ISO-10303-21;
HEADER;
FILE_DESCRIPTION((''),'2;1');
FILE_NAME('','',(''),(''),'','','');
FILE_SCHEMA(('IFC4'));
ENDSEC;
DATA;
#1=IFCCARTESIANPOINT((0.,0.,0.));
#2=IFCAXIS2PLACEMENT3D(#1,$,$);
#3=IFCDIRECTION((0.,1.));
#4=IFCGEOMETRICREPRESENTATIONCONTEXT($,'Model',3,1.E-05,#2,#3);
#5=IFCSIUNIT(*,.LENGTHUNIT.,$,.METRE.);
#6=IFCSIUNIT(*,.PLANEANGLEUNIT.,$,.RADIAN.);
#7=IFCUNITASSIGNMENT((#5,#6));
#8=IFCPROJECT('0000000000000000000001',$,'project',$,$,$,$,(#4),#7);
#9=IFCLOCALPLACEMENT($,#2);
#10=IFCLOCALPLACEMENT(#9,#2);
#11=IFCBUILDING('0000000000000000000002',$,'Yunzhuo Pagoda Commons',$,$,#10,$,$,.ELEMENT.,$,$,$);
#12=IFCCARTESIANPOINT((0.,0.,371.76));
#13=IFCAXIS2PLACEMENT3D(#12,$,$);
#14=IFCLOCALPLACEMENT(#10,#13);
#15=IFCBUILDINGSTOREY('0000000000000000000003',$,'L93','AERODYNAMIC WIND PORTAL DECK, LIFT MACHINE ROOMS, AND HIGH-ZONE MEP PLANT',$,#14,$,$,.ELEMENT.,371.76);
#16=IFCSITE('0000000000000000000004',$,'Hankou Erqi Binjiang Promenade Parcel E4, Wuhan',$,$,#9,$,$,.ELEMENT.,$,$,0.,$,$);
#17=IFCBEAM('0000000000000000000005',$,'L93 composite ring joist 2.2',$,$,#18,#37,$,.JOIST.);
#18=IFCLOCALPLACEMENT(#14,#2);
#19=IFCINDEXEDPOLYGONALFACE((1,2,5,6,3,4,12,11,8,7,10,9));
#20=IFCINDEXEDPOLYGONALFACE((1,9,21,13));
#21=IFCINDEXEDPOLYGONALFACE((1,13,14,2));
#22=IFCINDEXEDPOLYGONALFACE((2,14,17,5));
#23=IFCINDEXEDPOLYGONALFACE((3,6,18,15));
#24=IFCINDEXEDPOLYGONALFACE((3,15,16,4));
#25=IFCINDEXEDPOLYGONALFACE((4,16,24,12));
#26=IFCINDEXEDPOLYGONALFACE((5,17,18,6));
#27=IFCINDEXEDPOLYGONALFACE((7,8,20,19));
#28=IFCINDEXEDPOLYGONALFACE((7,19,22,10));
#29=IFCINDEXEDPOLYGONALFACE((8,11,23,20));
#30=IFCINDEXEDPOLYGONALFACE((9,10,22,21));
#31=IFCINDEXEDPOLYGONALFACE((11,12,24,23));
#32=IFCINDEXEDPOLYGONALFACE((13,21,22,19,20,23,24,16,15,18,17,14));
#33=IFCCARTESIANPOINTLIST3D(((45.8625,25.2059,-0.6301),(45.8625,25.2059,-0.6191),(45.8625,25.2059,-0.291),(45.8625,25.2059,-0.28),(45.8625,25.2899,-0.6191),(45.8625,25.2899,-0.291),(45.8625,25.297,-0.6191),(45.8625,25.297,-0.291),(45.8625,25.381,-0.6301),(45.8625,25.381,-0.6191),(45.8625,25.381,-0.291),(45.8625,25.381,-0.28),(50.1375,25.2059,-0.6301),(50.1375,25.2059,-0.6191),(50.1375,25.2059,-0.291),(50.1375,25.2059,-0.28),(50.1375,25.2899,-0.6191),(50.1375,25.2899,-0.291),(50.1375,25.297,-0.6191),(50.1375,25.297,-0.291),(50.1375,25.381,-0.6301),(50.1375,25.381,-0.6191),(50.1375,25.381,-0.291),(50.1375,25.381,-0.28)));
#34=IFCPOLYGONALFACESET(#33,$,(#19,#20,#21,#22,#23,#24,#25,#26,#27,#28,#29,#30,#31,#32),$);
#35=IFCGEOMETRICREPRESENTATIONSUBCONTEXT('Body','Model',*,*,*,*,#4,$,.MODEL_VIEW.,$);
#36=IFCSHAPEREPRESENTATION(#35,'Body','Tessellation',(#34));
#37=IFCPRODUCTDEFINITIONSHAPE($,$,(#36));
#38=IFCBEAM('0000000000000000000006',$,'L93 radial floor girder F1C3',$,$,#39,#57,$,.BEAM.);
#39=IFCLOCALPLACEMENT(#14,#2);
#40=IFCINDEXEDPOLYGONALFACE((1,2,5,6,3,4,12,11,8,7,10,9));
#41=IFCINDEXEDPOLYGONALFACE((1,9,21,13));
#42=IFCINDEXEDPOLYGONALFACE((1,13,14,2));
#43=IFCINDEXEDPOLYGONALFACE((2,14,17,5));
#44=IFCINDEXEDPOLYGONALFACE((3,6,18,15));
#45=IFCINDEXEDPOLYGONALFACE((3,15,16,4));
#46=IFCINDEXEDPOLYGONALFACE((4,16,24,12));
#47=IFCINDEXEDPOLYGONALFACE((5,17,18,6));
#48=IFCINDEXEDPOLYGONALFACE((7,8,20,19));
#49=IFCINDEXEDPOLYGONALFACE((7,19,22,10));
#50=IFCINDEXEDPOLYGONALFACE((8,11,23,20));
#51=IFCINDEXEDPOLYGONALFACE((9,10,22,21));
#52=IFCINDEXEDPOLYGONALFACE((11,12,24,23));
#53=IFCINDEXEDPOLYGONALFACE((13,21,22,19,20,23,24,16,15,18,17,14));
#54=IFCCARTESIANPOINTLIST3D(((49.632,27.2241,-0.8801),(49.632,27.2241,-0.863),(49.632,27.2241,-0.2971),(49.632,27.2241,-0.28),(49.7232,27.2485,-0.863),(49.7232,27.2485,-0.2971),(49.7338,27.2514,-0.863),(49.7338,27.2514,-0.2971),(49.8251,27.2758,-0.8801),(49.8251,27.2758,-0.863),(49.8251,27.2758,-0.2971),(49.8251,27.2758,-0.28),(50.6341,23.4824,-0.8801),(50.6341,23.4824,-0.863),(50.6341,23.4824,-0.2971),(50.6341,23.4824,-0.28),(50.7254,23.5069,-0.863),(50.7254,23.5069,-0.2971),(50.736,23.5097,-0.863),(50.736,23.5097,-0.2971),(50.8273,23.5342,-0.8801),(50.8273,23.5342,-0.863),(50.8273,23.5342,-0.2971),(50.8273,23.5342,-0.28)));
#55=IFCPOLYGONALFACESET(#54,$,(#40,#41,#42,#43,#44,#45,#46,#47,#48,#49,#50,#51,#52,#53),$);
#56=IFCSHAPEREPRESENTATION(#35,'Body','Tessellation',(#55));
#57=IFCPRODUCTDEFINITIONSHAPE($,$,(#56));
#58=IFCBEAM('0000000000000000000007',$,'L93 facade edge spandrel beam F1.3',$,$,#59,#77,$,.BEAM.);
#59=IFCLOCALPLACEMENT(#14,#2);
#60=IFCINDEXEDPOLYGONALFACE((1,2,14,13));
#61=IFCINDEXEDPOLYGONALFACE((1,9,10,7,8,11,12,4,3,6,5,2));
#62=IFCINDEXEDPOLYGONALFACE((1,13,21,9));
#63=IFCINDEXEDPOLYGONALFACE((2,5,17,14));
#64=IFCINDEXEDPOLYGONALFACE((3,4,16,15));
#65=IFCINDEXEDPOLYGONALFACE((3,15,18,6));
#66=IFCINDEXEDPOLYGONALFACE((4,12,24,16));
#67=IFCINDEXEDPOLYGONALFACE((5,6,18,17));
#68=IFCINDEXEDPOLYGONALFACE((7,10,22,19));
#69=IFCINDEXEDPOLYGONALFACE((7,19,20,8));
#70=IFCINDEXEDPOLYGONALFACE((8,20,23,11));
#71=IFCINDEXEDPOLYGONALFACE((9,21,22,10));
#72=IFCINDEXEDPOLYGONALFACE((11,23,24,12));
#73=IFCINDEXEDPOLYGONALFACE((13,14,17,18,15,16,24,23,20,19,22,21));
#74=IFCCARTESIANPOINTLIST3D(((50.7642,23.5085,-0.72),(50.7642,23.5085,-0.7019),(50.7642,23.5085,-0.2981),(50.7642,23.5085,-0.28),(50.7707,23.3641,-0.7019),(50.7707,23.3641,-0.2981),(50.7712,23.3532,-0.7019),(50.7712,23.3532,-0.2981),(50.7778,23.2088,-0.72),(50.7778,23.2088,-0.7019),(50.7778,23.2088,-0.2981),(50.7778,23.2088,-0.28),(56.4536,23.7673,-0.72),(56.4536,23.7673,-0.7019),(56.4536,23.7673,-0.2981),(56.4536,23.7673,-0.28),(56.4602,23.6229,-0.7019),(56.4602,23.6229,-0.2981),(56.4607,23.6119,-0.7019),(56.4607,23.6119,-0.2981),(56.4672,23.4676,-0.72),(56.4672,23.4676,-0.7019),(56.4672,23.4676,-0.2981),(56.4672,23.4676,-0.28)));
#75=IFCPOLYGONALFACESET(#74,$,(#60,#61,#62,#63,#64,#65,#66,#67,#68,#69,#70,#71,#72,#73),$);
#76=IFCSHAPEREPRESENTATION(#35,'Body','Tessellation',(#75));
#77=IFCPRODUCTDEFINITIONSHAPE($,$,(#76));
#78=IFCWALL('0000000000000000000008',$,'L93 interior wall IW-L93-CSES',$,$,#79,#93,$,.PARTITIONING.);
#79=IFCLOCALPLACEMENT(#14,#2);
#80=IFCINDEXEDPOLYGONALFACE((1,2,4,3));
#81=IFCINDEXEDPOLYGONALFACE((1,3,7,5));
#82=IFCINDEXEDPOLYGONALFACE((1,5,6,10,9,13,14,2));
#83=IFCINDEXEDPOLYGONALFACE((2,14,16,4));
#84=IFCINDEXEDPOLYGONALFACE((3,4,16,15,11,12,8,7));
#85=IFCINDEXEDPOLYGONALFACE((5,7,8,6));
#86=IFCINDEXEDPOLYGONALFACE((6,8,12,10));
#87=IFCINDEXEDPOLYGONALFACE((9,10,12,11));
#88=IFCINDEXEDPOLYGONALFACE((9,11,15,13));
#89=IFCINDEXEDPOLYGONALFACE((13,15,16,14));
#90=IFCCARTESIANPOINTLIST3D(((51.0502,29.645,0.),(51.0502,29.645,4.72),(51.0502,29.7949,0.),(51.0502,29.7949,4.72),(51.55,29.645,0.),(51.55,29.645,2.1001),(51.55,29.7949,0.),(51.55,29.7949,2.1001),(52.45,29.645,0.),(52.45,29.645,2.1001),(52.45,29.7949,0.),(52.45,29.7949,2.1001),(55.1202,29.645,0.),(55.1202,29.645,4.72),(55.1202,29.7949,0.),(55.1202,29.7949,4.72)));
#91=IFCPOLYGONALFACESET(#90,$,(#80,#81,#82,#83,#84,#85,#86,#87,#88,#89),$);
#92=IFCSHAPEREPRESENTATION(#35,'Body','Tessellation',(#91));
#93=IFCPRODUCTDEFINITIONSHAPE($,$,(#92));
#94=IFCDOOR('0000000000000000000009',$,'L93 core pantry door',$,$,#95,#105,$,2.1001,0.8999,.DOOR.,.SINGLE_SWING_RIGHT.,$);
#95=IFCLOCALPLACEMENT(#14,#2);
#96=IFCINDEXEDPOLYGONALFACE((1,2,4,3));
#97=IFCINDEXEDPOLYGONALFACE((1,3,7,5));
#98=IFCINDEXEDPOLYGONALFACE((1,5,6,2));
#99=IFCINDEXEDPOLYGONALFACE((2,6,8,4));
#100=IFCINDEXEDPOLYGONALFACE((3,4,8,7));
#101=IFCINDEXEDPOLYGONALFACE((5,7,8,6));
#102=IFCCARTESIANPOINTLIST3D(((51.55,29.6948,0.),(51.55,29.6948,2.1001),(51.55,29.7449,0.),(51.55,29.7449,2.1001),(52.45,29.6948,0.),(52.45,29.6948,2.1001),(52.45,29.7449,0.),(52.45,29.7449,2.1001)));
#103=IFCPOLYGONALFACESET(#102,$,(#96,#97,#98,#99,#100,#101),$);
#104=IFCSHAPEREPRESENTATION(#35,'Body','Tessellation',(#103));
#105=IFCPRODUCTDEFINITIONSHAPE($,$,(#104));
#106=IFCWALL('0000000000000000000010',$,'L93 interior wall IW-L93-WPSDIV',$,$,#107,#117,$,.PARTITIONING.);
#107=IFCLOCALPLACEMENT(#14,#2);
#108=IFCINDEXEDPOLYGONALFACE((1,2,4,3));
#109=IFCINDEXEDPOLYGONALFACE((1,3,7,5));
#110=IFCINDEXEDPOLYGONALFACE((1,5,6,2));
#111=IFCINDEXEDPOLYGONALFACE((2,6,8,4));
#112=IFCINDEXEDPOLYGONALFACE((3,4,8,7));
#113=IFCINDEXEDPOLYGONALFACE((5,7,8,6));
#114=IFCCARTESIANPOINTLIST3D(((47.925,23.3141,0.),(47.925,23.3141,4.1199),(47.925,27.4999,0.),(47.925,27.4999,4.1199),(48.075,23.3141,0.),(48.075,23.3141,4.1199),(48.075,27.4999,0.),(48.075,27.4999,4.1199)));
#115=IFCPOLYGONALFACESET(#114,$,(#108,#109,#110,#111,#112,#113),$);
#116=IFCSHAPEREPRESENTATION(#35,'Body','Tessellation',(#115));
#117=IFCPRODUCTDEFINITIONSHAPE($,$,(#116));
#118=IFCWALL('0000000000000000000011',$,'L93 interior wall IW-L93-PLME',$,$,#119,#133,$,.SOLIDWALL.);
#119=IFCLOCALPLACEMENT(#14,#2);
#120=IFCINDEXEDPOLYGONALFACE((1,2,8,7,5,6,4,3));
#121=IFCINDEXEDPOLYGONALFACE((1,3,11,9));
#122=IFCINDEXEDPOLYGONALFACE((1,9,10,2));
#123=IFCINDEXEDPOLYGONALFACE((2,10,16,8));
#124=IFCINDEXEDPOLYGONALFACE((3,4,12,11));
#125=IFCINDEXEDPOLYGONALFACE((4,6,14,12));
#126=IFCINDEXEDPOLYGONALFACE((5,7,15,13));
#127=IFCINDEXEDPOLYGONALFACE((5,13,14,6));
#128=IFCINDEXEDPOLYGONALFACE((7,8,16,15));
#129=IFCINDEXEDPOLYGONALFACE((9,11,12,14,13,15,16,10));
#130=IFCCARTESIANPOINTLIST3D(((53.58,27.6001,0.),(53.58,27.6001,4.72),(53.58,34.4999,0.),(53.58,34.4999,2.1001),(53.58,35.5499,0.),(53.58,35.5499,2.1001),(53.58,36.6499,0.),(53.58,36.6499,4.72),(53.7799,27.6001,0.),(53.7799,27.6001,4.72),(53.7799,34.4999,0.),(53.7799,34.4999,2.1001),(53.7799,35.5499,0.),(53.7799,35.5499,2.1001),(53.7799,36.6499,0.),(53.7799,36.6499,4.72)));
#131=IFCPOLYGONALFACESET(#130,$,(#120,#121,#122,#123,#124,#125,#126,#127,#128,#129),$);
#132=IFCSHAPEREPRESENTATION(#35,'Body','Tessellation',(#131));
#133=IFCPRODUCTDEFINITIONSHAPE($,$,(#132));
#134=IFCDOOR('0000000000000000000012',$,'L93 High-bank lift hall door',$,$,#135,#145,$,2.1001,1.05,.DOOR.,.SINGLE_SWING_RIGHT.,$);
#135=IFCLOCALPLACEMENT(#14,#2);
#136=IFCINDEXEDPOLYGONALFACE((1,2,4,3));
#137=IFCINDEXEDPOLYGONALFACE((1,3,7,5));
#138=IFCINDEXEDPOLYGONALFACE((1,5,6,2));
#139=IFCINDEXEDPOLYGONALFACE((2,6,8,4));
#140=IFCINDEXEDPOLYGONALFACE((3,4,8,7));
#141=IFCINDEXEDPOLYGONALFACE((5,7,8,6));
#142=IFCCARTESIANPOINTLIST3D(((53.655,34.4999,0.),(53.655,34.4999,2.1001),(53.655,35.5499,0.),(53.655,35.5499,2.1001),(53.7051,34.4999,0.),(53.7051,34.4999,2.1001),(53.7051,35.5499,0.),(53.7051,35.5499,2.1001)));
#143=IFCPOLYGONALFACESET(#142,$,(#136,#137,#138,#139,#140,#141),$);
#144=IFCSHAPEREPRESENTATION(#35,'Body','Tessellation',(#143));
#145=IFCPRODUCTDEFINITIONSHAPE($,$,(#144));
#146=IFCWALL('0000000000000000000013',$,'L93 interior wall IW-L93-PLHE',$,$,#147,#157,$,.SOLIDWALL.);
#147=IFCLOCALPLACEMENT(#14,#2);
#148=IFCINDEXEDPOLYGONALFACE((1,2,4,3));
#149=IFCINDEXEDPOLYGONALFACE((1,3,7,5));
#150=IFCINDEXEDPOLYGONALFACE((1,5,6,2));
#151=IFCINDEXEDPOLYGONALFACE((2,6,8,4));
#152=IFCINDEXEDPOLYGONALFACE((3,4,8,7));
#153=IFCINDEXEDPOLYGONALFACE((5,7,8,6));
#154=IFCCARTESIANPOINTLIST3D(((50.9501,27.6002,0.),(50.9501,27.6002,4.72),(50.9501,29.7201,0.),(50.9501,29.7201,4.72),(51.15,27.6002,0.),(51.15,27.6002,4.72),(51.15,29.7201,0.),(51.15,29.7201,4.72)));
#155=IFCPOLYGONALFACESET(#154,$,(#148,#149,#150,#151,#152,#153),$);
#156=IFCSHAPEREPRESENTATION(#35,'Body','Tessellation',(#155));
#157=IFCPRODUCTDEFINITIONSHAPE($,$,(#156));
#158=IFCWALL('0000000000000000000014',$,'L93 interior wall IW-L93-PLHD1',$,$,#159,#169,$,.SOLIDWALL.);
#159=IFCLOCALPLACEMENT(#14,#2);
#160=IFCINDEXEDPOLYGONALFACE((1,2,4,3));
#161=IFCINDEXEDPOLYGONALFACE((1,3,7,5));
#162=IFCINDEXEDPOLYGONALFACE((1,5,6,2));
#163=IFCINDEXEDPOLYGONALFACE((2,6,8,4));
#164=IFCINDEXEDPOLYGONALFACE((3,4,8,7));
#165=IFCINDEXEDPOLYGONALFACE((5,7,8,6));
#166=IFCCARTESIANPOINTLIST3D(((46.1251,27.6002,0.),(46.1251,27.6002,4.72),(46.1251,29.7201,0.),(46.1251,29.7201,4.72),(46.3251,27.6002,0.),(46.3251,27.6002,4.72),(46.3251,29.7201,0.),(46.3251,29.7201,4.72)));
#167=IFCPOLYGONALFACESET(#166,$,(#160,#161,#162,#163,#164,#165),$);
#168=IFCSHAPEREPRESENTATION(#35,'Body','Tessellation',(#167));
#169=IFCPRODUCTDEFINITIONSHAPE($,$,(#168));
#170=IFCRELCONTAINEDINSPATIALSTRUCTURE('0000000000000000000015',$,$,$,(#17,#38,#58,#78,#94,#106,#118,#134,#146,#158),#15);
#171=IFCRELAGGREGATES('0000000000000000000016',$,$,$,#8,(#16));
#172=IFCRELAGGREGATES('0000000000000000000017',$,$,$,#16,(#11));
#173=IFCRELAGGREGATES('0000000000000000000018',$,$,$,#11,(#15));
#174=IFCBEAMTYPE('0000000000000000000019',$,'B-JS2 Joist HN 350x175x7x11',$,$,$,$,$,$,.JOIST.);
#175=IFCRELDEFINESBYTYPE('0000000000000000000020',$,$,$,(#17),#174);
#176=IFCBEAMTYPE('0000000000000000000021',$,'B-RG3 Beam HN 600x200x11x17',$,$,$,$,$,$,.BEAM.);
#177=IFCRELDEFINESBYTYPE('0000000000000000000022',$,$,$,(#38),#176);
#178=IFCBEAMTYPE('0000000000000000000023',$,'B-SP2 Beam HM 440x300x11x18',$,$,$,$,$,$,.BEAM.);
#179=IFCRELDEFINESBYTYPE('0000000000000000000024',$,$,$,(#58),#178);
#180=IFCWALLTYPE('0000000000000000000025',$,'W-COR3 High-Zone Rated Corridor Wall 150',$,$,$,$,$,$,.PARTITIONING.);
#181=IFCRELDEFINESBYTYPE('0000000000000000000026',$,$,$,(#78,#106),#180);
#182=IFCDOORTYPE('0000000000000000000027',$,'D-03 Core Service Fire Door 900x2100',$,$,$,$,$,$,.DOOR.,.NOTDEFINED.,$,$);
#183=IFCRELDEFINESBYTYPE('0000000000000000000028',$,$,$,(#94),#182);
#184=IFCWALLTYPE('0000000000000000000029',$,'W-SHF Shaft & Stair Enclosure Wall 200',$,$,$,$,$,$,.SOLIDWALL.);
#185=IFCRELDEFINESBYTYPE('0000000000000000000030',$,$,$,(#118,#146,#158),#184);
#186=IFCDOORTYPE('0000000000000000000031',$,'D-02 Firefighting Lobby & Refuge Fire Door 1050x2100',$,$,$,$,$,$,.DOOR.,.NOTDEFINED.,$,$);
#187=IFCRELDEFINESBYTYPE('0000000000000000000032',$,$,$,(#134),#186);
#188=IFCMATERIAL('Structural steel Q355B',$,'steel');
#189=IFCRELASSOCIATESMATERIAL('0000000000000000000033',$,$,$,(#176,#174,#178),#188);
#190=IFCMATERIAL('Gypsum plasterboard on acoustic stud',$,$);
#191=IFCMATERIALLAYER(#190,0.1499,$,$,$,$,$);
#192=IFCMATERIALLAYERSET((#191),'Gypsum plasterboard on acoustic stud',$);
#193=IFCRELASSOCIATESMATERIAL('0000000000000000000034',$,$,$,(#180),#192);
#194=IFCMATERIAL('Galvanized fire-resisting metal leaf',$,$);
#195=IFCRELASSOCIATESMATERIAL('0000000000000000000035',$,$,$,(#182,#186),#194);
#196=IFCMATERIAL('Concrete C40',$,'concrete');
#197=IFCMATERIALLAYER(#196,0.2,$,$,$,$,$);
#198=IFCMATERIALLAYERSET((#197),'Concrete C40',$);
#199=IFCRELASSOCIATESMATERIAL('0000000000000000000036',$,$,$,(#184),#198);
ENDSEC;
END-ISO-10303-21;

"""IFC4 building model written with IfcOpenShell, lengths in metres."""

from ifc_helpers import new_model, si_unit, direction, frame, frame_2d, origin, origin_with_axes, origin_2d, place, context, subcontext, project, spatial, rectangle, i_section, extrude, source, transform, mapped, material, layer, layer_set, material_profile, profile_set, type_object, element, fill, save


model = new_model("IFC4")

# Units and contexts
model_context = context("Model", 3, precision=1e-05, world=origin(), true_north=direction((0.0, 1.0)))
body_context = subcontext(model_context, "Body", "Model", "MODEL_VIEW")
ifc_project = project(units=[si_unit("LENGTHUNIT", "METRE"), si_unit("PLANEANGLEUNIT", "RADIAN")], contexts=[model_context])

# Site, building, storey
site_placement = place(None, origin())
site = spatial("IfcSite", under=ifc_project, at=site_placement, Name="Hankou Erqi Binjiang Promenade Parcel E4, Wuhan", CompositionType="ELEMENT", RefElevation=0.0)
building_placement = place(site_placement, origin())
building = spatial("IfcBuilding", under=site, at=building_placement, Name="Yunzhuo Pagoda Commons", CompositionType="ELEMENT")
storey_placement = place(building_placement, frame((0.0, 0.0, 371.76)))
storey = spatial("IfcBuildingStorey", under=building, at=storey_placement, Name="L93", Description="AERODYNAMIC WIND PORTAL DECK, LIFT MACHINE ROOMS, AND HIGH-ZONE MEP PLANT", CompositionType="ELEMENT", Elevation=371.76)

# Shared definitions
ifc_material_1 = material(Name="Structural steel Q355B", Category="steel")

# Beams
ifc_material_profile_1 = material_profile(ifc_material_1, i_section(OverallWidth=0.2, OverallDepth=0.6001, WebThickness=0.011, FlangeThickness=0.0171, at=origin_2d()), Name="Structural steel Q355B")
ifc_profile_set_1 = profile_set([ifc_material_profile_1], Name="Structural steel Q355B")
beam_type_1 = type_object("IfcBeamType", Name="B-RG3 Beam HN 600x200x11x17", PredefinedType="BEAM", material=ifc_profile_set_1)
ifc_material_profile_2 = material_profile(ifc_material_1, i_section(OverallWidth=0.175, OverallDepth=0.3501, WebThickness=0.0071, FlangeThickness=0.011, at=origin_2d()), Name="Structural steel Q355B")
ifc_profile_set_2 = profile_set([ifc_material_profile_2], Name="Structural steel Q355B")
beam_type_2 = type_object("IfcBeamType", Name="B-JS2 Joist HN 350x175x7x11", PredefinedType="JOIST", material=ifc_profile_set_2)
shared_shape_1 = source(origin(), body_context, "Body", "SweptSolid", [
    extrude(i_section(OverallWidth=0.175, OverallDepth=0.3501, WebThickness=0.0071, FlangeThickness=0.011, at=origin_2d()), origin(), (0.0, 0.0, 1.0), 4.2749),
])
beam_1_placement = place(storey_placement, frame((45.8625, 25.2935, -0.4551), z_axis=(1.0, 0.0, 0.0), x_axis=(0.0, 1.0, 0.0)))
element("IfcBeam", 1, at=beam_1_placement, inside=storey, type_object=beam_type_2, Name="L93 composite ring joist 2.2", PredefinedType="JOIST", context=body_context, shape_type="MappedRepresentation", body=[
    mapped(shared_shape_1, transform((0.0, 0.0, 0.0), scale=1.0)),
])
shared_shape_2 = source(origin(), body_context, "Body", "SweptSolid", [
    extrude(i_section(OverallWidth=0.2, OverallDepth=0.6001, WebThickness=0.011, FlangeThickness=0.0171, at=origin_2d()), origin(), (0.0, 0.0, 1.0), 3.8735),
])
beam_2_placement = place(storey_placement, frame((50.7307, 23.5083, -0.5801), z_axis=(-0.258726, 0.965951, 0.0), x_axis=(-0.965951, -0.258726, 0.0)))
element("IfcBeam", 2, at=beam_2_placement, inside=storey, type_object=beam_type_1, Name="L93 radial floor girder F1C3", PredefinedType="BEAM", context=body_context, shape_type="MappedRepresentation", body=[
    mapped(shared_shape_2, transform((0.0, 0.0, 0.0), scale=1.0)),
])
ifc_material_profile_3 = material_profile(ifc_material_1, i_section(OverallWidth=0.3, OverallDepth=0.4399, WebThickness=0.011, FlangeThickness=0.0181, at=origin_2d()), Name="Structural steel Q355B")
ifc_profile_set_3 = profile_set([ifc_material_profile_3], Name="Structural steel Q355B")
beam_type_3 = type_object("IfcBeamType", Name="B-SP2 Beam HM 440x300x11x18", PredefinedType="BEAM", material=ifc_profile_set_3)
shared_shape_3 = source(origin(), body_context, "Body", "SweptSolid", [
    extrude(i_section(OverallWidth=0.3, OverallDepth=0.4399, WebThickness=0.011, FlangeThickness=0.0181, at=origin_2d()), origin(), (0.0, 0.0, 1.0), 5.6953),
])
beam_3_placement = place(storey_placement, frame((50.771, 23.3586, -0.5), z_axis=(0.998967, 0.045439, 0.0), x_axis=(-0.045439, 0.998967, 0.0)))
element("IfcBeam", 3, at=beam_3_placement, inside=storey, type_object=beam_type_3, Name="L93 facade edge spandrel beam F1.3", PredefinedType="BEAM", context=body_context, shape_type="MappedRepresentation", body=[
    mapped(shared_shape_3, transform((0.0, 0.0, 0.0), scale=1.0)),
])

# Wall, opening, door
ifc_material_2 = material(Name="Gypsum plasterboard on acoustic stud")
ifc_layer_1 = layer(ifc_material_2, 0.1499)
ifc_layer_set_1 = layer_set([ifc_layer_1], Name="Gypsum plasterboard on acoustic stud")
wall_type_1 = type_object("IfcWallType", Name="W-COR3 High-Zone Rated Corridor Wall 150", PredefinedType="PARTITIONING", material=ifc_layer_set_1)
wall_1_placement = place(storey_placement, frame((51.05, 29.72, 0.0), z_axis=(0.0, 0.0, 1.0), x_axis=(1.0, 0.0, 0.0)))
wall_1 = element("IfcWall", 4, at=wall_1_placement, inside=storey, type_object=wall_type_1, Name="L93 interior wall IW-L93-CSES", PredefinedType="PARTITIONING", context=body_context, shape_type="SweptSolid", body=[
    extrude(rectangle(XDim=4.0701, YDim=0.1499, at=frame_2d((2.0352, 0.0))), origin(), (0.0, 0.0, 1.0), 4.72),
])
opening_1_placement = place(wall_1_placement, frame((0.5, 0.0, 0.0)))
opening_1 = element("IfcOpeningElement", 5, at=opening_1_placement, cuts=wall_1, PredefinedType="OPENING", context=body_context, shape_type="SweptSolid", body=[
    extrude(rectangle(XDim=0.8999, YDim=2.1001, at=frame_2d((0.45, 1.05))), frame((0.0, 0.085, 0.0), z_axis=(0.0, -1.0, 0.0), x_axis=(1.0, 0.0, 0.0)), (0.0, 0.0, 1.0), 0.1699),
])
ifc_material_3 = material(Name="Galvanized fire-resisting metal leaf")
door_type_1 = type_object("IfcDoorType", Name="D-03 Core Service Fire Door 900x2100", OperationType="NOTDEFINED", PredefinedType="DOOR", material=ifc_material_3)
shared_shape_4 = source(origin(), body_context, "Body", "SweptSolid", [
    extrude(rectangle(XDim=0.8999, YDim=2.1001, at=frame_2d((0.45, 1.05))), frame((0.0, 0.0249, 0.0), z_axis=(0.0, -1.0, 0.0), x_axis=(1.0, 0.0, 0.0)), (0.0, 0.0, 1.0), 0.05),
])
door_1_placement = place(opening_1_placement, origin_with_axes())
door_1 = element("IfcDoor", 6, at=door_1_placement, inside=storey, type_object=door_type_1, Name="L93 core pantry door", OperationType="SINGLE_SWING_RIGHT", OverallHeight=2.1001, OverallWidth=0.8999, PredefinedType="DOOR", context=body_context, shape_type="MappedRepresentation", body=[
    mapped(shared_shape_4, transform((0.0, 0.0, 0.0), scale=1.0)),
])
fill(opening_1, door_1)

# Wall
wall_2_placement = place(storey_placement, frame((48.0, 23.3142, 0.0), z_axis=(0.0, 0.0, 1.0), x_axis=(0.0, 1.0, 0.0)))
element("IfcWall", 7, at=wall_2_placement, inside=storey, type_object=wall_type_1, Name="L93 interior wall IW-L93-WPSDIV", PredefinedType="PARTITIONING", context=body_context, shape_type="SweptSolid", body=[
    extrude(rectangle(XDim=4.1858, YDim=0.1499, at=frame_2d((2.0928, 0.0))), origin(), (0.0, 0.0, 1.0), 4.1199),
])

# Wall, opening, door
ifc_material_4 = material(Name="Concrete C40", Category="concrete")
ifc_layer_2 = layer(ifc_material_4, 0.2)
ifc_layer_set_2 = layer_set([ifc_layer_2], Name="Concrete C40")
wall_type_2 = type_object("IfcWallType", Name="W-SHF Shaft & Stair Enclosure Wall 200", PredefinedType="SOLIDWALL", material=ifc_layer_set_2)
wall_3_placement = place(storey_placement, frame((53.6799, 27.6001, 0.0), z_axis=(0.0, 0.0, 1.0), x_axis=(0.0, 1.0, 0.0)))
wall_3 = element("IfcWall", 8, at=wall_3_placement, inside=storey, type_object=wall_type_2, Name="L93 interior wall IW-L93-PLME", PredefinedType="SOLIDWALL", context=body_context, shape_type="SweptSolid", body=[
    extrude(rectangle(XDim=9.0498, YDim=0.2, at=frame_2d((4.5249, 0.0))), origin(), (0.0, 0.0, 1.0), 4.72),
])
opening_2_placement = place(wall_3_placement, frame((6.8999, 0.0, 0.0)))
opening_2 = element("IfcOpeningElement", 9, at=opening_2_placement, cuts=wall_3, PredefinedType="OPENING", context=body_context, shape_type="SweptSolid", body=[
    extrude(rectangle(XDim=1.05, YDim=2.1001, at=frame_2d((0.5249, 1.05))), frame((0.0, 0.1099, 0.0), z_axis=(0.0, -1.0, 0.0), x_axis=(1.0, 0.0, 0.0)), (0.0, 0.0, 1.0), 0.22),
])
door_type_2 = type_object("IfcDoorType", Name="D-02 Firefighting Lobby & Refuge Fire Door 1050x2100", OperationType="NOTDEFINED", PredefinedType="DOOR", material=ifc_material_3)
shared_shape_5 = source(origin(), body_context, "Body", "SweptSolid", [
    extrude(rectangle(XDim=1.05, YDim=2.1001, at=frame_2d((0.5249, 1.05))), frame((0.0, 0.0249, 0.0), z_axis=(0.0, -1.0, 0.0), x_axis=(1.0, 0.0, 0.0)), (0.0, 0.0, 1.0), 0.05),
])
door_2_placement = place(opening_2_placement, origin_with_axes())
door_2 = element("IfcDoor", 10, at=door_2_placement, inside=storey, type_object=door_type_2, Name="L93 High-bank lift hall door", OperationType="SINGLE_SWING_RIGHT", OverallHeight=2.1001, OverallWidth=1.05, PredefinedType="DOOR", context=body_context, shape_type="MappedRepresentation", body=[
    mapped(shared_shape_5, transform((0.0, 0.0, 0.0), scale=1.0)),
])
fill(opening_2, door_2)

# Walls
for number, where, z_axis, x_axis, name in (
    (11, (51.05, 27.6001, 0.0), (0.0, 0.0, 1.0), (0.0, 1.0, 0.0), "L93 interior wall IW-L93-PLHE"),
    (12, (46.2251, 27.6001, 0.0), (0.0, 0.0, 1.0), (0.0, 1.0, 0.0), "L93 interior wall IW-L93-PLHD1"),
):
    element("IfcWall", number, at=place(storey_placement, frame(where, z_axis=z_axis, x_axis=x_axis)), inside=storey, type_object=wall_type_2, Name=name, PredefinedType="SOLIDWALL", context=body_context, shape_type="SweptSolid", body=[
        extrude(rectangle(XDim=2.1199, YDim=0.2, at=frame_2d((1.0601, 0.0))), origin(), (0.0, 0.0, 1.0), 4.72),
    ])

save(model, "model.ifc")
